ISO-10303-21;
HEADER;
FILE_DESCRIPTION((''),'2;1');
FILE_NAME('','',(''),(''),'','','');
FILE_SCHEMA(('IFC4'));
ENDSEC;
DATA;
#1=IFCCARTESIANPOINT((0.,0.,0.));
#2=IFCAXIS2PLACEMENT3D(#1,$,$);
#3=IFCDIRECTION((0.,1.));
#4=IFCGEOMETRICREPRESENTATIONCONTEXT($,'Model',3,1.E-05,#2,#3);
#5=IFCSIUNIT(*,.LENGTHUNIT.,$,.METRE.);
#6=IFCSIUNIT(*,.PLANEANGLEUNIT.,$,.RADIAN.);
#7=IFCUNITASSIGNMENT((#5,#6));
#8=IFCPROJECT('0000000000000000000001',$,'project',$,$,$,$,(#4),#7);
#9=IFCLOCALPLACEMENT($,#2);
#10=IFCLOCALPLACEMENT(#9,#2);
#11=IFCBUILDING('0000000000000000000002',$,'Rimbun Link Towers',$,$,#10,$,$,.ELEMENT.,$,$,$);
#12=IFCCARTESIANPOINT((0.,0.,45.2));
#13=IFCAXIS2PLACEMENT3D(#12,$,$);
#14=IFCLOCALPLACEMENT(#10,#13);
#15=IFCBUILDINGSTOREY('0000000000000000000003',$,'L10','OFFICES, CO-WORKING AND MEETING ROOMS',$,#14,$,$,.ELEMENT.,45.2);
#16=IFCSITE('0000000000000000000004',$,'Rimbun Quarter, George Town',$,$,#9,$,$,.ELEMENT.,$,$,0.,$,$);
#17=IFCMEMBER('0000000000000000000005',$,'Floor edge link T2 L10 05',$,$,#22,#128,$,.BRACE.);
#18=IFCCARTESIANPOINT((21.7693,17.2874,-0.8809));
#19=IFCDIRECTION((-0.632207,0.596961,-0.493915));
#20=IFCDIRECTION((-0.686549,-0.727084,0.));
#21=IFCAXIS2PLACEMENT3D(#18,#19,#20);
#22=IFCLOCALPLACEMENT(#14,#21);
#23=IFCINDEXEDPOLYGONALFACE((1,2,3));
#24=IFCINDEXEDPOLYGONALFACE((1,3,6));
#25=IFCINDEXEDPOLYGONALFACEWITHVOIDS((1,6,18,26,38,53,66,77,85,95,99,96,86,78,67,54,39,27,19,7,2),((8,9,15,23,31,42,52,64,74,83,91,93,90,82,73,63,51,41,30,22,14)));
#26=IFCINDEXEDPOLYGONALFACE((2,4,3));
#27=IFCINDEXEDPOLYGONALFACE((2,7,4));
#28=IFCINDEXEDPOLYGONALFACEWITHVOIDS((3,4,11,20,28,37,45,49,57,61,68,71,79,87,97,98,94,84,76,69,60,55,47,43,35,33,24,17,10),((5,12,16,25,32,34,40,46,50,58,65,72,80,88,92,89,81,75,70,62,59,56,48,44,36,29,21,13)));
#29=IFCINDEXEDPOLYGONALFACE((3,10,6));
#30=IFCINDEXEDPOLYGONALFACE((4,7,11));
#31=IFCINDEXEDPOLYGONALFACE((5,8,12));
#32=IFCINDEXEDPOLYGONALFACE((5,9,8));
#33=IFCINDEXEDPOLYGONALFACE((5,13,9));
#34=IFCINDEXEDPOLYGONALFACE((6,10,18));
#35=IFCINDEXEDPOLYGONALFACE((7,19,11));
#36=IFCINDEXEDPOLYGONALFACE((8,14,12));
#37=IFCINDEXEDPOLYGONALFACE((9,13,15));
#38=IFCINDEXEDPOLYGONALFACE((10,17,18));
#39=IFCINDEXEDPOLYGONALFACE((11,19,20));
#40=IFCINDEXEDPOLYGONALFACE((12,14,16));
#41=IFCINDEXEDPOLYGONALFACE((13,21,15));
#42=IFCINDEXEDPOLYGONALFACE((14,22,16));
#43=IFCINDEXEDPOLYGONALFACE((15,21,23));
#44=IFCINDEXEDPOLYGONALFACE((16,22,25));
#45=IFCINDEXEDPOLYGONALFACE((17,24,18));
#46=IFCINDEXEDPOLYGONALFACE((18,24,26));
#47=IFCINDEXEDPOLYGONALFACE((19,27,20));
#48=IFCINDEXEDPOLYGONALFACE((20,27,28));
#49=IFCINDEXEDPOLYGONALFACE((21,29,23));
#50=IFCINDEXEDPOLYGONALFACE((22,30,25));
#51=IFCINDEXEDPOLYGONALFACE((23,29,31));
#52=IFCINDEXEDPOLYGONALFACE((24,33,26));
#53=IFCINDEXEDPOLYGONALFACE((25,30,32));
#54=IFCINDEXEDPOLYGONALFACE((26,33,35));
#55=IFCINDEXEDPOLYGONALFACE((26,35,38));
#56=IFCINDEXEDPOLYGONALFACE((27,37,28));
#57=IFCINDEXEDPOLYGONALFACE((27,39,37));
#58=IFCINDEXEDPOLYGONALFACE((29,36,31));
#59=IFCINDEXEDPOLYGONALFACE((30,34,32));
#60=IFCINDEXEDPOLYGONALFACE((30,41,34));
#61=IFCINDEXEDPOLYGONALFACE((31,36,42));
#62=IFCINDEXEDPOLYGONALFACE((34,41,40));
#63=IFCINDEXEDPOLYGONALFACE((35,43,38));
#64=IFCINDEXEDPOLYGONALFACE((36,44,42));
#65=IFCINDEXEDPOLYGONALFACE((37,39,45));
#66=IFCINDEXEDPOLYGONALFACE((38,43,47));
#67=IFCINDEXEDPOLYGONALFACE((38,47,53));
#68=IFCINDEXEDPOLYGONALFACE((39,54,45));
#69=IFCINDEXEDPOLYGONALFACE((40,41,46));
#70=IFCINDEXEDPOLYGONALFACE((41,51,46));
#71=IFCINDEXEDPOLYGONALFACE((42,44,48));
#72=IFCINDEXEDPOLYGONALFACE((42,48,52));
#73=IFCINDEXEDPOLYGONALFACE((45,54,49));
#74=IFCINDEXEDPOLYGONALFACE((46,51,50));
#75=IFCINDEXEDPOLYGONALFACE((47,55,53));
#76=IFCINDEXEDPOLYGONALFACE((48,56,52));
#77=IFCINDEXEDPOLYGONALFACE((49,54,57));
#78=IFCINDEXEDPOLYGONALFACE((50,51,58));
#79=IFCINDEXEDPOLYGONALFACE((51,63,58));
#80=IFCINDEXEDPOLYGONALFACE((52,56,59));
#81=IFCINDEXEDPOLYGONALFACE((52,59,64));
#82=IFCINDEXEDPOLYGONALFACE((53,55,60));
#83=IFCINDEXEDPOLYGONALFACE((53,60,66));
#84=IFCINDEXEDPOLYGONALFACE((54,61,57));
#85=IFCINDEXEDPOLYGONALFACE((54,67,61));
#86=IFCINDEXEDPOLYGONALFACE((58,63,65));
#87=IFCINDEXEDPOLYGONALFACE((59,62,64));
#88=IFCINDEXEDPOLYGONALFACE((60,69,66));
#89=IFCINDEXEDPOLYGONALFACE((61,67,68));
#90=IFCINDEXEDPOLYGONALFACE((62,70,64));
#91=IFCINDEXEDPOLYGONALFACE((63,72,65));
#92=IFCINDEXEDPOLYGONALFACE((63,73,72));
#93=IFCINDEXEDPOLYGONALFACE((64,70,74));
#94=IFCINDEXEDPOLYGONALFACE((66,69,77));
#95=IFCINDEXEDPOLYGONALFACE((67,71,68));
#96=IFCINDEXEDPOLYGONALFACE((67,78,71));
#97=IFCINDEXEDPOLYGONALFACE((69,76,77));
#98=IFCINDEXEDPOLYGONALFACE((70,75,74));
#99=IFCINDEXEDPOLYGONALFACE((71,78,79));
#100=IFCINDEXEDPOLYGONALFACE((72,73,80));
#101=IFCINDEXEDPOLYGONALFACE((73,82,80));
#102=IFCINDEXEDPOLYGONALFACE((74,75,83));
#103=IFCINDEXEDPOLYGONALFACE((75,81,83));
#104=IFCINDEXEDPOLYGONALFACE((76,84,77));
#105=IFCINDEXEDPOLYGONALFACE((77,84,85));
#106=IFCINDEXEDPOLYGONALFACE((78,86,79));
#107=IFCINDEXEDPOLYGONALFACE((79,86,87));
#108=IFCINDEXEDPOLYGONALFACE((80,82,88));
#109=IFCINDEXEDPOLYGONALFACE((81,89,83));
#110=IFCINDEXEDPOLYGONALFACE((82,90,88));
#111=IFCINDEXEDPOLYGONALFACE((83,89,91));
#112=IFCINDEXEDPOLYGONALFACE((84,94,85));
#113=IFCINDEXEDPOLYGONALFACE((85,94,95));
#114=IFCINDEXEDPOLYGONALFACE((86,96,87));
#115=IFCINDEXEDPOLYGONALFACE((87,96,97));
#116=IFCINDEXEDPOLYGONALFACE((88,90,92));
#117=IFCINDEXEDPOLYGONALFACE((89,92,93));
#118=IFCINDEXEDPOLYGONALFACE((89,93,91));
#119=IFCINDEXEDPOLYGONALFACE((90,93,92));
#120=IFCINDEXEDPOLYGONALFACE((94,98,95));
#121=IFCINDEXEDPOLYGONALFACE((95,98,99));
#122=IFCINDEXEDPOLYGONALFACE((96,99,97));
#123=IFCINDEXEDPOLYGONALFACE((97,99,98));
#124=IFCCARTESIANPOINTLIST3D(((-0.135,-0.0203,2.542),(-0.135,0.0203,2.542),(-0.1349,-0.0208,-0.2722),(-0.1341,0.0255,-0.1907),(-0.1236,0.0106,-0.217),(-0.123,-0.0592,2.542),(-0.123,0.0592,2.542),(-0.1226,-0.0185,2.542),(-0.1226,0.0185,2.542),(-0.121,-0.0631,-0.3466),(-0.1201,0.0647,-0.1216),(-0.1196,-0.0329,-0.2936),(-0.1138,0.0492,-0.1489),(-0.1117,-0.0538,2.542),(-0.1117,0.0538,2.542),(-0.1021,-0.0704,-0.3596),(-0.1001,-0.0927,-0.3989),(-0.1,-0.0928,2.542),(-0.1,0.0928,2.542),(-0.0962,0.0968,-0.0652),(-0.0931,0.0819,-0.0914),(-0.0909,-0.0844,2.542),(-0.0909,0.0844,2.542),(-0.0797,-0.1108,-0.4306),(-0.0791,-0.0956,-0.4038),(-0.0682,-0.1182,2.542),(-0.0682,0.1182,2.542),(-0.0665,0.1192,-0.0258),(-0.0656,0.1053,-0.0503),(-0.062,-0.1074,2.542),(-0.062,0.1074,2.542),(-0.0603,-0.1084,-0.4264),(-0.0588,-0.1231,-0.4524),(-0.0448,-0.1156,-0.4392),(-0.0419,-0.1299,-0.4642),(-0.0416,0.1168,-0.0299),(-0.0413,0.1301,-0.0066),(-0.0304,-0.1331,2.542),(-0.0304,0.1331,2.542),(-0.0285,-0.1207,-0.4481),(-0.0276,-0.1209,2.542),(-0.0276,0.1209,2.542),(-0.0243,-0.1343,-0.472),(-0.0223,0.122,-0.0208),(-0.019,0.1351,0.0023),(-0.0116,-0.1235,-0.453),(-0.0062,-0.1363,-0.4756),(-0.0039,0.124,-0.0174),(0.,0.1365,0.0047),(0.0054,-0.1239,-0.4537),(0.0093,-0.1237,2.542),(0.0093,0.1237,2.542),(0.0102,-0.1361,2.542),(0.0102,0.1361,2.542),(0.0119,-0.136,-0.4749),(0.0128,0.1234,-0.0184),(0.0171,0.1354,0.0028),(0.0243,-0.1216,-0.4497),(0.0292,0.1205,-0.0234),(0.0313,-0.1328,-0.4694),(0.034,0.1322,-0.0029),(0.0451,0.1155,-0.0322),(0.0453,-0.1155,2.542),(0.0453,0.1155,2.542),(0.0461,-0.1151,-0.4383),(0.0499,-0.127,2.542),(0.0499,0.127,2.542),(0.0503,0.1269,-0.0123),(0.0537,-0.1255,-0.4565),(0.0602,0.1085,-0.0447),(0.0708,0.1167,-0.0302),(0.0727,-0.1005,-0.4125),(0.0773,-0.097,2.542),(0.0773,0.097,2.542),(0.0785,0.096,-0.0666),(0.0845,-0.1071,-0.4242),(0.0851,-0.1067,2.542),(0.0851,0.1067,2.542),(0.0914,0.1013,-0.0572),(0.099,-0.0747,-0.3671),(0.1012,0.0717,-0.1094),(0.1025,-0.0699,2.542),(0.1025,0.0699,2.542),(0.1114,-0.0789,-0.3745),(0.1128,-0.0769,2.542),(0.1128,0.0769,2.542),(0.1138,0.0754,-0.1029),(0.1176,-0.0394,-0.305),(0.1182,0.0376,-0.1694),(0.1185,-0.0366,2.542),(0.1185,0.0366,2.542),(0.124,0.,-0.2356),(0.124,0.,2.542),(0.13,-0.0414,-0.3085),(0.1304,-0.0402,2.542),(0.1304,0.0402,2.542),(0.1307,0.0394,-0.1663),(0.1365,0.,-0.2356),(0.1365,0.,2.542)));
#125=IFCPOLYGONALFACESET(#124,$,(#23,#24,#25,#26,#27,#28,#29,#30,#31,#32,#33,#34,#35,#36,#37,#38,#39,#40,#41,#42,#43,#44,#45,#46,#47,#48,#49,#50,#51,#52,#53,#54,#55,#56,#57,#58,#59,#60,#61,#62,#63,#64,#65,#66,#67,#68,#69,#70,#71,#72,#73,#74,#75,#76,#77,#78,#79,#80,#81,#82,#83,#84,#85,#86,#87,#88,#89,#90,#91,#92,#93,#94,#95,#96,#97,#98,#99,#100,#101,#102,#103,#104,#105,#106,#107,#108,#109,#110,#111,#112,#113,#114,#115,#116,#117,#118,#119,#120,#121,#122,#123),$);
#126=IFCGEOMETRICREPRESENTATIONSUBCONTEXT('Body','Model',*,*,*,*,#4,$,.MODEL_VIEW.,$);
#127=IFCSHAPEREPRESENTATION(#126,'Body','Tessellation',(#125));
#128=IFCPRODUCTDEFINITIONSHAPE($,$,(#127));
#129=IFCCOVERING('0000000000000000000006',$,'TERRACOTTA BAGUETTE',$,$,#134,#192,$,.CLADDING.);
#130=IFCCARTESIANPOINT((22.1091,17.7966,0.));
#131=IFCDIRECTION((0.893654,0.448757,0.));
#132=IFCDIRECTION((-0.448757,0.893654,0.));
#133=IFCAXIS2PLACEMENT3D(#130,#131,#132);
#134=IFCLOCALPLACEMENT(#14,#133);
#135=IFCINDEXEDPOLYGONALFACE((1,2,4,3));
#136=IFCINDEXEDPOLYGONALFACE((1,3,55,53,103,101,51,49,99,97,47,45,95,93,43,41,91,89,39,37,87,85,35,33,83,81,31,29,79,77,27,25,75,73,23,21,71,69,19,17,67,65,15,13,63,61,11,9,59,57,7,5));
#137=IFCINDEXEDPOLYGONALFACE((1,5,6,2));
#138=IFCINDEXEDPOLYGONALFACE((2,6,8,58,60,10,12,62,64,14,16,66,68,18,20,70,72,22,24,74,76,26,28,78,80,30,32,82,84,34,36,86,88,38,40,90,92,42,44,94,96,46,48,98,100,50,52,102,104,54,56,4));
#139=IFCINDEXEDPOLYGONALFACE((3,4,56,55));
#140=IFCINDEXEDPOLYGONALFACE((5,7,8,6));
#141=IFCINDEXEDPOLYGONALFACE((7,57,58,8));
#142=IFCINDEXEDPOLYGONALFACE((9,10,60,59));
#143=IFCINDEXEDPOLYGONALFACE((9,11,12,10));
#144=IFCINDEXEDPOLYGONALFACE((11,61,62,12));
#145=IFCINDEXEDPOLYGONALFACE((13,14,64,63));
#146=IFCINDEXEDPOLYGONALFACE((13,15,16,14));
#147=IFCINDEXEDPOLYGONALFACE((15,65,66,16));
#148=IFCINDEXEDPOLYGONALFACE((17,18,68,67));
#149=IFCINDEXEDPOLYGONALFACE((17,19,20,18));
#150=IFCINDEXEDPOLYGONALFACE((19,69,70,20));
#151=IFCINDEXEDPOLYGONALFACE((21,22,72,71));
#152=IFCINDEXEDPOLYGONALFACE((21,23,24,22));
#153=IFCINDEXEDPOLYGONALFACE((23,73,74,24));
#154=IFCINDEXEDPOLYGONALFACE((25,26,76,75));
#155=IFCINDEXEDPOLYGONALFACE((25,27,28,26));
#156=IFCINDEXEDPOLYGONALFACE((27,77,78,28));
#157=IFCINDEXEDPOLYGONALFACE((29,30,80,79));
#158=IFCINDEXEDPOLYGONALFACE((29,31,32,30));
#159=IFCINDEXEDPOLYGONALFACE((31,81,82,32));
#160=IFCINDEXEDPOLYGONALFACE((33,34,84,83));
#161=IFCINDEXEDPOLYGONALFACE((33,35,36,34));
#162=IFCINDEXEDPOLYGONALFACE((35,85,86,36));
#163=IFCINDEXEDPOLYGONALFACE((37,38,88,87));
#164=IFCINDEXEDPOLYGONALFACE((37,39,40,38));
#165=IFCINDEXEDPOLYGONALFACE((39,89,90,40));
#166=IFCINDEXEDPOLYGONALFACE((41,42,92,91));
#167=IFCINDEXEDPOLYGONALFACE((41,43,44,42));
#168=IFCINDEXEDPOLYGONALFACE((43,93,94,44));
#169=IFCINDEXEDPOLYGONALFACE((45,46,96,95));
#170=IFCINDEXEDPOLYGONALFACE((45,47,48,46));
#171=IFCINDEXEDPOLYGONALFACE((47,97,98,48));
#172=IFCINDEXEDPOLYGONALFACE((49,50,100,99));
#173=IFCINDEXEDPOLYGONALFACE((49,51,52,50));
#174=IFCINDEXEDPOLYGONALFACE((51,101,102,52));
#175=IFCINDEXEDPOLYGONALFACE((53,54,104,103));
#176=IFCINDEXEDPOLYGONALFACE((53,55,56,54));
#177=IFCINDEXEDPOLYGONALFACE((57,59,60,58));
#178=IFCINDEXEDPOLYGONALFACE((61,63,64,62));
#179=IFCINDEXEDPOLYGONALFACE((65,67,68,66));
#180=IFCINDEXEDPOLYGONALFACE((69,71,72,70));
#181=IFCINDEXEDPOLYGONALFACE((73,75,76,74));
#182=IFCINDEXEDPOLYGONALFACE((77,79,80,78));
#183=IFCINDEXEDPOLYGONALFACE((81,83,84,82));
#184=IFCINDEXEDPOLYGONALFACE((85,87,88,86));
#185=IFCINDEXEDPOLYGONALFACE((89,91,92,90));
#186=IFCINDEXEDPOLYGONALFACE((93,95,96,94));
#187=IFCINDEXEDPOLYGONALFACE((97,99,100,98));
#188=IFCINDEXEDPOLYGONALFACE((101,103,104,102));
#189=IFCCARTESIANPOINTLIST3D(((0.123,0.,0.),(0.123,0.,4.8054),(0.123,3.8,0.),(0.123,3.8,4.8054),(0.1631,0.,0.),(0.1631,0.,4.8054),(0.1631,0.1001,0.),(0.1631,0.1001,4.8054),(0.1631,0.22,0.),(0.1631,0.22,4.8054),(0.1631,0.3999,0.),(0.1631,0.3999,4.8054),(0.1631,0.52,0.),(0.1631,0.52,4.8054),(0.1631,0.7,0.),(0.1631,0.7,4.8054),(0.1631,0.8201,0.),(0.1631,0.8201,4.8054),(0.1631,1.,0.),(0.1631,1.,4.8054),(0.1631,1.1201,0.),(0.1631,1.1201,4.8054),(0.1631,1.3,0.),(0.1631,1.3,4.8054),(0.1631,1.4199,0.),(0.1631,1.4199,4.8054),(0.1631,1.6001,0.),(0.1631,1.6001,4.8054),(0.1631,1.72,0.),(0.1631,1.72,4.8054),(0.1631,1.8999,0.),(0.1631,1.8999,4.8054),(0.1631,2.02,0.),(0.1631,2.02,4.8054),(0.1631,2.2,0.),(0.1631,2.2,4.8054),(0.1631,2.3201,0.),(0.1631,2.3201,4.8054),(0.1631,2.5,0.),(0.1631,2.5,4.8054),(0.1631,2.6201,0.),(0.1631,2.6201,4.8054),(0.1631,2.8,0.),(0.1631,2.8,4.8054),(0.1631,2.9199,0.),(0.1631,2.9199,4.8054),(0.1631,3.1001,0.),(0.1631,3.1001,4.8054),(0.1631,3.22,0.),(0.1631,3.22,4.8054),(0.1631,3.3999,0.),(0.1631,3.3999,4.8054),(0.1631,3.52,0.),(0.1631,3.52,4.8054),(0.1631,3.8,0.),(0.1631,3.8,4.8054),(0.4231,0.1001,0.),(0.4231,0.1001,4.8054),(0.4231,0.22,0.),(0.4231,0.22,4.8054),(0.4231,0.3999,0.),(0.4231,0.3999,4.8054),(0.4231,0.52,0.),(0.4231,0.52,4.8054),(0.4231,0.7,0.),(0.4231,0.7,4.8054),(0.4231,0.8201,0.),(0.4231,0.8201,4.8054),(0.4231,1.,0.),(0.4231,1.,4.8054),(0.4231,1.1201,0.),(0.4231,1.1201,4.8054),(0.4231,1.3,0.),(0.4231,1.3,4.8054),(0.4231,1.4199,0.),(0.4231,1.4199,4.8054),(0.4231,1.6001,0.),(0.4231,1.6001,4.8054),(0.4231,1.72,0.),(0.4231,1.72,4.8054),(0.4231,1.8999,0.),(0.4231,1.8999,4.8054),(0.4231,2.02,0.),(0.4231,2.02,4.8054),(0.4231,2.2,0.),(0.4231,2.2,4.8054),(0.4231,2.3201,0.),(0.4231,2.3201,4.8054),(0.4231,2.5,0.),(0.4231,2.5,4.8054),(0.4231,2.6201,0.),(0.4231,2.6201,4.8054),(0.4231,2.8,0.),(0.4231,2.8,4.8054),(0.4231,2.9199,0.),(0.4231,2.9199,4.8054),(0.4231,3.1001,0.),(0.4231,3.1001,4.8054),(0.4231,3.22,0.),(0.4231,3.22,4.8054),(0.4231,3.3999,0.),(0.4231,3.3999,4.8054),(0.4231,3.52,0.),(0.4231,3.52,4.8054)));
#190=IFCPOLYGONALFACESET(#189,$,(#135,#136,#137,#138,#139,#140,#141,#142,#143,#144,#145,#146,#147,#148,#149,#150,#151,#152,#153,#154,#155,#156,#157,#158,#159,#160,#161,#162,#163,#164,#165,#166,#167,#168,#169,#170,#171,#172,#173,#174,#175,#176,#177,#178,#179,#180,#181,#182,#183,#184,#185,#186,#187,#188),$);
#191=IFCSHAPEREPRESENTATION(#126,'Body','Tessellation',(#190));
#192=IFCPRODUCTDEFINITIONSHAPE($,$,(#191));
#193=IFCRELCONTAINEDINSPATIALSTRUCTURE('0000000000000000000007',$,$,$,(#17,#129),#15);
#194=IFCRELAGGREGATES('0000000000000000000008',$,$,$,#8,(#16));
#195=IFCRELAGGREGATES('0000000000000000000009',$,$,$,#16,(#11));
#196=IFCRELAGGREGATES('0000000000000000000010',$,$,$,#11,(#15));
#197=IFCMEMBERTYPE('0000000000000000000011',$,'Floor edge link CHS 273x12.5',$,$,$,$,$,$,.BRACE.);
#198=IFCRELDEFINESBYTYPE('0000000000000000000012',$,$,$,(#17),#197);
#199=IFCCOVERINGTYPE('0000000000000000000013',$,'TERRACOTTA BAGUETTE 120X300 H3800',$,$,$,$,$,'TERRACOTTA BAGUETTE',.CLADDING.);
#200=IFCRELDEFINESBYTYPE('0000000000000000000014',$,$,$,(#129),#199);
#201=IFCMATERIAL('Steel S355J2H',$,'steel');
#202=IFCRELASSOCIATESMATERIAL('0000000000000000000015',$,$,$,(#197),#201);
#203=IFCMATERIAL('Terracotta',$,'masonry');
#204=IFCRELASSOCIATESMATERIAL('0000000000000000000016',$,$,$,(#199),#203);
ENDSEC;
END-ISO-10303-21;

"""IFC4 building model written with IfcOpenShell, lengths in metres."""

from ifc_helpers import new_model, si_unit, direction, frame, origin, origin_2d, place, context, subcontext, project, spatial, polyline, hollow_circle, outline, extrude, clip, halfspace, material, material_profile, profile_set, type_object, element, save


model = new_model("IFC4")

# Units and contexts
model_context = context("Model", 3, precision=1e-05, world=origin(), true_north=direction((0.0, 1.0)))
body_context = subcontext(model_context, "Body", "Model", "MODEL_VIEW")
ifc_project = project(units=[si_unit("LENGTHUNIT", "METRE"), si_unit("PLANEANGLEUNIT", "RADIAN")], contexts=[model_context])

# Site, building, storey
site_placement = place(None, origin())
site = spatial("IfcSite", under=ifc_project, at=site_placement, Name="Rimbun Quarter, George Town", CompositionType="ELEMENT", RefElevation=0.0)
building_placement = place(site_placement, origin())
building = spatial("IfcBuilding", under=site, at=building_placement, Name="Rimbun Link Towers", CompositionType="ELEMENT")
storey_placement = place(building_placement, frame((0.0, 0.0, 45.2)))
storey = spatial("IfcBuildingStorey", under=building, at=storey_placement, Name="L10", Description="OFFICES, CO-WORKING AND MEETING ROOMS", CompositionType="ELEMENT", Elevation=45.2)

# Member
ifc_material_1 = material(Name="Steel S355J2H", Category="steel")
ifc_material_profile_1 = material_profile(ifc_material_1, hollow_circle(Radius=0.1365, WallThickness=0.0125, at=origin_2d()), Name="CHS 273x12.5")
ifc_profile_set_1 = profile_set([ifc_material_profile_1], Name="Steel S355J2H")
member_type_1 = type_object("IfcMemberType", Name="Floor edge link CHS 273x12.5", PredefinedType="BRACE", material=ifc_profile_set_1)
member_1_placement = place(storey_placement, frame((21.7693, 17.2874, -0.8809), z_axis=(-0.632207, 0.596961, -0.493915), x_axis=(-0.686549, -0.727084, 0.0)))
element("IfcMember", 1, at=member_1_placement, inside=storey, type_object=member_type_1, Name="Floor edge link T2 L10 05", PredefinedType="BRACE", context=body_context, shape_type="Clipping", body=[
    clip(extrude(hollow_circle(Radius=0.1365, WallThickness=0.0125, at=origin_2d()), frame((0.0, 0.0, -0.501)), (0.0, 0.0, 1.0), 3.043), halfspace(frame((0.0, 0.0, -0.2356), z_axis=(0.0, 0.86951, -0.493915)), False)),
])

# Covering
ifc_material_2 = material(Name="Terracotta", Category="masonry")
ifc_material_profile_2 = material_profile(ifc_material_2, outline(polyline([(0.123, 0.0), (0.1631, 0.0), (0.1631, 0.1001), (0.4231, 0.1001), (0.4231, 0.22), (0.1631, 0.22), (0.1631, 0.3999), (0.4231, 0.3999), (0.4231, 0.52), (0.1631, 0.52), (0.1631, 0.7), (0.4231, 0.7), (0.4231, 0.8201), (0.1631, 0.8201), (0.1631, 1.0), (0.4231, 1.0), (0.4231, 1.1201), (0.1631, 1.1201), (0.1631, 1.3), (0.4231, 1.3), (0.4231, 1.4199), (0.1631, 1.4199), (0.1631, 1.6001), (0.4231, 1.6001), (0.4231, 1.72), (0.1631, 1.72), (0.1631, 1.8999), (0.4231, 1.8999), (0.4231, 2.02), (0.1631, 2.02), (0.1631, 2.2), (0.4231, 2.2), (0.4231, 2.3201), (0.1631, 2.3201), (0.1631, 2.5), (0.4231, 2.5), (0.4231, 2.6201), (0.1631, 2.6201), (0.1631, 2.8), (0.4231, 2.8), (0.4231, 2.9199), (0.1631, 2.9199), (0.1631, 3.1001), (0.4231, 3.1001), (0.4231, 3.22), (0.1631, 3.22), (0.1631, 3.3999), (0.4231, 3.3999), (0.4231, 3.52), (0.1631, 3.52), (0.1631, 3.8), (0.123, 3.8), (0.123, 0.0)])), Name="BAGUETTE 120X300")
ifc_profile_set_2 = profile_set([ifc_material_profile_2], Name="Terracotta")
covering_type = type_object("IfcCoveringType", Name="TERRACOTTA BAGUETTE 120X300 H3800", ElementType="TERRACOTTA BAGUETTE", PredefinedType="CLADDING", material=ifc_profile_set_2)
covering_1_placement = place(storey_placement, frame((22.1091, 17.7966, 0.0), z_axis=(0.893654, 0.448757, 0.0), x_axis=(-0.448757, 0.893654, 0.0)))
element("IfcCovering", 2, at=covering_1_placement, inside=storey, type_object=covering_type, Name="TERRACOTTA BAGUETTE", PredefinedType="CLADDING", context=body_context, shape_type="SweptSolid", body=[
    extrude(outline(polyline([(0.123, 0.0), (0.1631, 0.0), (0.1631, 0.1001), (0.4231, 0.1001), (0.4231, 0.22), (0.1631, 0.22), (0.1631, 0.3999), (0.4231, 0.3999), (0.4231, 0.52), (0.1631, 0.52), (0.1631, 0.7), (0.4231, 0.7), (0.4231, 0.8201), (0.1631, 0.8201), (0.1631, 1.0), (0.4231, 1.0), (0.4231, 1.1201), (0.1631, 1.1201), (0.1631, 1.3), (0.4231, 1.3), (0.4231, 1.4199), (0.1631, 1.4199), (0.1631, 1.6001), (0.4231, 1.6001), (0.4231, 1.72), (0.1631, 1.72), (0.1631, 1.8999), (0.4231, 1.8999), (0.4231, 2.02), (0.1631, 2.02), (0.1631, 2.2), (0.4231, 2.2), (0.4231, 2.3201), (0.1631, 2.3201), (0.1631, 2.5), (0.4231, 2.5), (0.4231, 2.6201), (0.1631, 2.6201), (0.1631, 2.8), (0.4231, 2.8), (0.4231, 2.9199), (0.1631, 2.9199), (0.1631, 3.1001), (0.4231, 3.1001), (0.4231, 3.22), (0.1631, 3.22), (0.1631, 3.3999), (0.4231, 3.3999), (0.4231, 3.52), (0.1631, 3.52), (0.1631, 3.8), (0.123, 3.8), (0.123, 0.0)])), origin(), (0.0, 0.0, 1.0), 4.8054),
])

save(model, "model.ifc")
